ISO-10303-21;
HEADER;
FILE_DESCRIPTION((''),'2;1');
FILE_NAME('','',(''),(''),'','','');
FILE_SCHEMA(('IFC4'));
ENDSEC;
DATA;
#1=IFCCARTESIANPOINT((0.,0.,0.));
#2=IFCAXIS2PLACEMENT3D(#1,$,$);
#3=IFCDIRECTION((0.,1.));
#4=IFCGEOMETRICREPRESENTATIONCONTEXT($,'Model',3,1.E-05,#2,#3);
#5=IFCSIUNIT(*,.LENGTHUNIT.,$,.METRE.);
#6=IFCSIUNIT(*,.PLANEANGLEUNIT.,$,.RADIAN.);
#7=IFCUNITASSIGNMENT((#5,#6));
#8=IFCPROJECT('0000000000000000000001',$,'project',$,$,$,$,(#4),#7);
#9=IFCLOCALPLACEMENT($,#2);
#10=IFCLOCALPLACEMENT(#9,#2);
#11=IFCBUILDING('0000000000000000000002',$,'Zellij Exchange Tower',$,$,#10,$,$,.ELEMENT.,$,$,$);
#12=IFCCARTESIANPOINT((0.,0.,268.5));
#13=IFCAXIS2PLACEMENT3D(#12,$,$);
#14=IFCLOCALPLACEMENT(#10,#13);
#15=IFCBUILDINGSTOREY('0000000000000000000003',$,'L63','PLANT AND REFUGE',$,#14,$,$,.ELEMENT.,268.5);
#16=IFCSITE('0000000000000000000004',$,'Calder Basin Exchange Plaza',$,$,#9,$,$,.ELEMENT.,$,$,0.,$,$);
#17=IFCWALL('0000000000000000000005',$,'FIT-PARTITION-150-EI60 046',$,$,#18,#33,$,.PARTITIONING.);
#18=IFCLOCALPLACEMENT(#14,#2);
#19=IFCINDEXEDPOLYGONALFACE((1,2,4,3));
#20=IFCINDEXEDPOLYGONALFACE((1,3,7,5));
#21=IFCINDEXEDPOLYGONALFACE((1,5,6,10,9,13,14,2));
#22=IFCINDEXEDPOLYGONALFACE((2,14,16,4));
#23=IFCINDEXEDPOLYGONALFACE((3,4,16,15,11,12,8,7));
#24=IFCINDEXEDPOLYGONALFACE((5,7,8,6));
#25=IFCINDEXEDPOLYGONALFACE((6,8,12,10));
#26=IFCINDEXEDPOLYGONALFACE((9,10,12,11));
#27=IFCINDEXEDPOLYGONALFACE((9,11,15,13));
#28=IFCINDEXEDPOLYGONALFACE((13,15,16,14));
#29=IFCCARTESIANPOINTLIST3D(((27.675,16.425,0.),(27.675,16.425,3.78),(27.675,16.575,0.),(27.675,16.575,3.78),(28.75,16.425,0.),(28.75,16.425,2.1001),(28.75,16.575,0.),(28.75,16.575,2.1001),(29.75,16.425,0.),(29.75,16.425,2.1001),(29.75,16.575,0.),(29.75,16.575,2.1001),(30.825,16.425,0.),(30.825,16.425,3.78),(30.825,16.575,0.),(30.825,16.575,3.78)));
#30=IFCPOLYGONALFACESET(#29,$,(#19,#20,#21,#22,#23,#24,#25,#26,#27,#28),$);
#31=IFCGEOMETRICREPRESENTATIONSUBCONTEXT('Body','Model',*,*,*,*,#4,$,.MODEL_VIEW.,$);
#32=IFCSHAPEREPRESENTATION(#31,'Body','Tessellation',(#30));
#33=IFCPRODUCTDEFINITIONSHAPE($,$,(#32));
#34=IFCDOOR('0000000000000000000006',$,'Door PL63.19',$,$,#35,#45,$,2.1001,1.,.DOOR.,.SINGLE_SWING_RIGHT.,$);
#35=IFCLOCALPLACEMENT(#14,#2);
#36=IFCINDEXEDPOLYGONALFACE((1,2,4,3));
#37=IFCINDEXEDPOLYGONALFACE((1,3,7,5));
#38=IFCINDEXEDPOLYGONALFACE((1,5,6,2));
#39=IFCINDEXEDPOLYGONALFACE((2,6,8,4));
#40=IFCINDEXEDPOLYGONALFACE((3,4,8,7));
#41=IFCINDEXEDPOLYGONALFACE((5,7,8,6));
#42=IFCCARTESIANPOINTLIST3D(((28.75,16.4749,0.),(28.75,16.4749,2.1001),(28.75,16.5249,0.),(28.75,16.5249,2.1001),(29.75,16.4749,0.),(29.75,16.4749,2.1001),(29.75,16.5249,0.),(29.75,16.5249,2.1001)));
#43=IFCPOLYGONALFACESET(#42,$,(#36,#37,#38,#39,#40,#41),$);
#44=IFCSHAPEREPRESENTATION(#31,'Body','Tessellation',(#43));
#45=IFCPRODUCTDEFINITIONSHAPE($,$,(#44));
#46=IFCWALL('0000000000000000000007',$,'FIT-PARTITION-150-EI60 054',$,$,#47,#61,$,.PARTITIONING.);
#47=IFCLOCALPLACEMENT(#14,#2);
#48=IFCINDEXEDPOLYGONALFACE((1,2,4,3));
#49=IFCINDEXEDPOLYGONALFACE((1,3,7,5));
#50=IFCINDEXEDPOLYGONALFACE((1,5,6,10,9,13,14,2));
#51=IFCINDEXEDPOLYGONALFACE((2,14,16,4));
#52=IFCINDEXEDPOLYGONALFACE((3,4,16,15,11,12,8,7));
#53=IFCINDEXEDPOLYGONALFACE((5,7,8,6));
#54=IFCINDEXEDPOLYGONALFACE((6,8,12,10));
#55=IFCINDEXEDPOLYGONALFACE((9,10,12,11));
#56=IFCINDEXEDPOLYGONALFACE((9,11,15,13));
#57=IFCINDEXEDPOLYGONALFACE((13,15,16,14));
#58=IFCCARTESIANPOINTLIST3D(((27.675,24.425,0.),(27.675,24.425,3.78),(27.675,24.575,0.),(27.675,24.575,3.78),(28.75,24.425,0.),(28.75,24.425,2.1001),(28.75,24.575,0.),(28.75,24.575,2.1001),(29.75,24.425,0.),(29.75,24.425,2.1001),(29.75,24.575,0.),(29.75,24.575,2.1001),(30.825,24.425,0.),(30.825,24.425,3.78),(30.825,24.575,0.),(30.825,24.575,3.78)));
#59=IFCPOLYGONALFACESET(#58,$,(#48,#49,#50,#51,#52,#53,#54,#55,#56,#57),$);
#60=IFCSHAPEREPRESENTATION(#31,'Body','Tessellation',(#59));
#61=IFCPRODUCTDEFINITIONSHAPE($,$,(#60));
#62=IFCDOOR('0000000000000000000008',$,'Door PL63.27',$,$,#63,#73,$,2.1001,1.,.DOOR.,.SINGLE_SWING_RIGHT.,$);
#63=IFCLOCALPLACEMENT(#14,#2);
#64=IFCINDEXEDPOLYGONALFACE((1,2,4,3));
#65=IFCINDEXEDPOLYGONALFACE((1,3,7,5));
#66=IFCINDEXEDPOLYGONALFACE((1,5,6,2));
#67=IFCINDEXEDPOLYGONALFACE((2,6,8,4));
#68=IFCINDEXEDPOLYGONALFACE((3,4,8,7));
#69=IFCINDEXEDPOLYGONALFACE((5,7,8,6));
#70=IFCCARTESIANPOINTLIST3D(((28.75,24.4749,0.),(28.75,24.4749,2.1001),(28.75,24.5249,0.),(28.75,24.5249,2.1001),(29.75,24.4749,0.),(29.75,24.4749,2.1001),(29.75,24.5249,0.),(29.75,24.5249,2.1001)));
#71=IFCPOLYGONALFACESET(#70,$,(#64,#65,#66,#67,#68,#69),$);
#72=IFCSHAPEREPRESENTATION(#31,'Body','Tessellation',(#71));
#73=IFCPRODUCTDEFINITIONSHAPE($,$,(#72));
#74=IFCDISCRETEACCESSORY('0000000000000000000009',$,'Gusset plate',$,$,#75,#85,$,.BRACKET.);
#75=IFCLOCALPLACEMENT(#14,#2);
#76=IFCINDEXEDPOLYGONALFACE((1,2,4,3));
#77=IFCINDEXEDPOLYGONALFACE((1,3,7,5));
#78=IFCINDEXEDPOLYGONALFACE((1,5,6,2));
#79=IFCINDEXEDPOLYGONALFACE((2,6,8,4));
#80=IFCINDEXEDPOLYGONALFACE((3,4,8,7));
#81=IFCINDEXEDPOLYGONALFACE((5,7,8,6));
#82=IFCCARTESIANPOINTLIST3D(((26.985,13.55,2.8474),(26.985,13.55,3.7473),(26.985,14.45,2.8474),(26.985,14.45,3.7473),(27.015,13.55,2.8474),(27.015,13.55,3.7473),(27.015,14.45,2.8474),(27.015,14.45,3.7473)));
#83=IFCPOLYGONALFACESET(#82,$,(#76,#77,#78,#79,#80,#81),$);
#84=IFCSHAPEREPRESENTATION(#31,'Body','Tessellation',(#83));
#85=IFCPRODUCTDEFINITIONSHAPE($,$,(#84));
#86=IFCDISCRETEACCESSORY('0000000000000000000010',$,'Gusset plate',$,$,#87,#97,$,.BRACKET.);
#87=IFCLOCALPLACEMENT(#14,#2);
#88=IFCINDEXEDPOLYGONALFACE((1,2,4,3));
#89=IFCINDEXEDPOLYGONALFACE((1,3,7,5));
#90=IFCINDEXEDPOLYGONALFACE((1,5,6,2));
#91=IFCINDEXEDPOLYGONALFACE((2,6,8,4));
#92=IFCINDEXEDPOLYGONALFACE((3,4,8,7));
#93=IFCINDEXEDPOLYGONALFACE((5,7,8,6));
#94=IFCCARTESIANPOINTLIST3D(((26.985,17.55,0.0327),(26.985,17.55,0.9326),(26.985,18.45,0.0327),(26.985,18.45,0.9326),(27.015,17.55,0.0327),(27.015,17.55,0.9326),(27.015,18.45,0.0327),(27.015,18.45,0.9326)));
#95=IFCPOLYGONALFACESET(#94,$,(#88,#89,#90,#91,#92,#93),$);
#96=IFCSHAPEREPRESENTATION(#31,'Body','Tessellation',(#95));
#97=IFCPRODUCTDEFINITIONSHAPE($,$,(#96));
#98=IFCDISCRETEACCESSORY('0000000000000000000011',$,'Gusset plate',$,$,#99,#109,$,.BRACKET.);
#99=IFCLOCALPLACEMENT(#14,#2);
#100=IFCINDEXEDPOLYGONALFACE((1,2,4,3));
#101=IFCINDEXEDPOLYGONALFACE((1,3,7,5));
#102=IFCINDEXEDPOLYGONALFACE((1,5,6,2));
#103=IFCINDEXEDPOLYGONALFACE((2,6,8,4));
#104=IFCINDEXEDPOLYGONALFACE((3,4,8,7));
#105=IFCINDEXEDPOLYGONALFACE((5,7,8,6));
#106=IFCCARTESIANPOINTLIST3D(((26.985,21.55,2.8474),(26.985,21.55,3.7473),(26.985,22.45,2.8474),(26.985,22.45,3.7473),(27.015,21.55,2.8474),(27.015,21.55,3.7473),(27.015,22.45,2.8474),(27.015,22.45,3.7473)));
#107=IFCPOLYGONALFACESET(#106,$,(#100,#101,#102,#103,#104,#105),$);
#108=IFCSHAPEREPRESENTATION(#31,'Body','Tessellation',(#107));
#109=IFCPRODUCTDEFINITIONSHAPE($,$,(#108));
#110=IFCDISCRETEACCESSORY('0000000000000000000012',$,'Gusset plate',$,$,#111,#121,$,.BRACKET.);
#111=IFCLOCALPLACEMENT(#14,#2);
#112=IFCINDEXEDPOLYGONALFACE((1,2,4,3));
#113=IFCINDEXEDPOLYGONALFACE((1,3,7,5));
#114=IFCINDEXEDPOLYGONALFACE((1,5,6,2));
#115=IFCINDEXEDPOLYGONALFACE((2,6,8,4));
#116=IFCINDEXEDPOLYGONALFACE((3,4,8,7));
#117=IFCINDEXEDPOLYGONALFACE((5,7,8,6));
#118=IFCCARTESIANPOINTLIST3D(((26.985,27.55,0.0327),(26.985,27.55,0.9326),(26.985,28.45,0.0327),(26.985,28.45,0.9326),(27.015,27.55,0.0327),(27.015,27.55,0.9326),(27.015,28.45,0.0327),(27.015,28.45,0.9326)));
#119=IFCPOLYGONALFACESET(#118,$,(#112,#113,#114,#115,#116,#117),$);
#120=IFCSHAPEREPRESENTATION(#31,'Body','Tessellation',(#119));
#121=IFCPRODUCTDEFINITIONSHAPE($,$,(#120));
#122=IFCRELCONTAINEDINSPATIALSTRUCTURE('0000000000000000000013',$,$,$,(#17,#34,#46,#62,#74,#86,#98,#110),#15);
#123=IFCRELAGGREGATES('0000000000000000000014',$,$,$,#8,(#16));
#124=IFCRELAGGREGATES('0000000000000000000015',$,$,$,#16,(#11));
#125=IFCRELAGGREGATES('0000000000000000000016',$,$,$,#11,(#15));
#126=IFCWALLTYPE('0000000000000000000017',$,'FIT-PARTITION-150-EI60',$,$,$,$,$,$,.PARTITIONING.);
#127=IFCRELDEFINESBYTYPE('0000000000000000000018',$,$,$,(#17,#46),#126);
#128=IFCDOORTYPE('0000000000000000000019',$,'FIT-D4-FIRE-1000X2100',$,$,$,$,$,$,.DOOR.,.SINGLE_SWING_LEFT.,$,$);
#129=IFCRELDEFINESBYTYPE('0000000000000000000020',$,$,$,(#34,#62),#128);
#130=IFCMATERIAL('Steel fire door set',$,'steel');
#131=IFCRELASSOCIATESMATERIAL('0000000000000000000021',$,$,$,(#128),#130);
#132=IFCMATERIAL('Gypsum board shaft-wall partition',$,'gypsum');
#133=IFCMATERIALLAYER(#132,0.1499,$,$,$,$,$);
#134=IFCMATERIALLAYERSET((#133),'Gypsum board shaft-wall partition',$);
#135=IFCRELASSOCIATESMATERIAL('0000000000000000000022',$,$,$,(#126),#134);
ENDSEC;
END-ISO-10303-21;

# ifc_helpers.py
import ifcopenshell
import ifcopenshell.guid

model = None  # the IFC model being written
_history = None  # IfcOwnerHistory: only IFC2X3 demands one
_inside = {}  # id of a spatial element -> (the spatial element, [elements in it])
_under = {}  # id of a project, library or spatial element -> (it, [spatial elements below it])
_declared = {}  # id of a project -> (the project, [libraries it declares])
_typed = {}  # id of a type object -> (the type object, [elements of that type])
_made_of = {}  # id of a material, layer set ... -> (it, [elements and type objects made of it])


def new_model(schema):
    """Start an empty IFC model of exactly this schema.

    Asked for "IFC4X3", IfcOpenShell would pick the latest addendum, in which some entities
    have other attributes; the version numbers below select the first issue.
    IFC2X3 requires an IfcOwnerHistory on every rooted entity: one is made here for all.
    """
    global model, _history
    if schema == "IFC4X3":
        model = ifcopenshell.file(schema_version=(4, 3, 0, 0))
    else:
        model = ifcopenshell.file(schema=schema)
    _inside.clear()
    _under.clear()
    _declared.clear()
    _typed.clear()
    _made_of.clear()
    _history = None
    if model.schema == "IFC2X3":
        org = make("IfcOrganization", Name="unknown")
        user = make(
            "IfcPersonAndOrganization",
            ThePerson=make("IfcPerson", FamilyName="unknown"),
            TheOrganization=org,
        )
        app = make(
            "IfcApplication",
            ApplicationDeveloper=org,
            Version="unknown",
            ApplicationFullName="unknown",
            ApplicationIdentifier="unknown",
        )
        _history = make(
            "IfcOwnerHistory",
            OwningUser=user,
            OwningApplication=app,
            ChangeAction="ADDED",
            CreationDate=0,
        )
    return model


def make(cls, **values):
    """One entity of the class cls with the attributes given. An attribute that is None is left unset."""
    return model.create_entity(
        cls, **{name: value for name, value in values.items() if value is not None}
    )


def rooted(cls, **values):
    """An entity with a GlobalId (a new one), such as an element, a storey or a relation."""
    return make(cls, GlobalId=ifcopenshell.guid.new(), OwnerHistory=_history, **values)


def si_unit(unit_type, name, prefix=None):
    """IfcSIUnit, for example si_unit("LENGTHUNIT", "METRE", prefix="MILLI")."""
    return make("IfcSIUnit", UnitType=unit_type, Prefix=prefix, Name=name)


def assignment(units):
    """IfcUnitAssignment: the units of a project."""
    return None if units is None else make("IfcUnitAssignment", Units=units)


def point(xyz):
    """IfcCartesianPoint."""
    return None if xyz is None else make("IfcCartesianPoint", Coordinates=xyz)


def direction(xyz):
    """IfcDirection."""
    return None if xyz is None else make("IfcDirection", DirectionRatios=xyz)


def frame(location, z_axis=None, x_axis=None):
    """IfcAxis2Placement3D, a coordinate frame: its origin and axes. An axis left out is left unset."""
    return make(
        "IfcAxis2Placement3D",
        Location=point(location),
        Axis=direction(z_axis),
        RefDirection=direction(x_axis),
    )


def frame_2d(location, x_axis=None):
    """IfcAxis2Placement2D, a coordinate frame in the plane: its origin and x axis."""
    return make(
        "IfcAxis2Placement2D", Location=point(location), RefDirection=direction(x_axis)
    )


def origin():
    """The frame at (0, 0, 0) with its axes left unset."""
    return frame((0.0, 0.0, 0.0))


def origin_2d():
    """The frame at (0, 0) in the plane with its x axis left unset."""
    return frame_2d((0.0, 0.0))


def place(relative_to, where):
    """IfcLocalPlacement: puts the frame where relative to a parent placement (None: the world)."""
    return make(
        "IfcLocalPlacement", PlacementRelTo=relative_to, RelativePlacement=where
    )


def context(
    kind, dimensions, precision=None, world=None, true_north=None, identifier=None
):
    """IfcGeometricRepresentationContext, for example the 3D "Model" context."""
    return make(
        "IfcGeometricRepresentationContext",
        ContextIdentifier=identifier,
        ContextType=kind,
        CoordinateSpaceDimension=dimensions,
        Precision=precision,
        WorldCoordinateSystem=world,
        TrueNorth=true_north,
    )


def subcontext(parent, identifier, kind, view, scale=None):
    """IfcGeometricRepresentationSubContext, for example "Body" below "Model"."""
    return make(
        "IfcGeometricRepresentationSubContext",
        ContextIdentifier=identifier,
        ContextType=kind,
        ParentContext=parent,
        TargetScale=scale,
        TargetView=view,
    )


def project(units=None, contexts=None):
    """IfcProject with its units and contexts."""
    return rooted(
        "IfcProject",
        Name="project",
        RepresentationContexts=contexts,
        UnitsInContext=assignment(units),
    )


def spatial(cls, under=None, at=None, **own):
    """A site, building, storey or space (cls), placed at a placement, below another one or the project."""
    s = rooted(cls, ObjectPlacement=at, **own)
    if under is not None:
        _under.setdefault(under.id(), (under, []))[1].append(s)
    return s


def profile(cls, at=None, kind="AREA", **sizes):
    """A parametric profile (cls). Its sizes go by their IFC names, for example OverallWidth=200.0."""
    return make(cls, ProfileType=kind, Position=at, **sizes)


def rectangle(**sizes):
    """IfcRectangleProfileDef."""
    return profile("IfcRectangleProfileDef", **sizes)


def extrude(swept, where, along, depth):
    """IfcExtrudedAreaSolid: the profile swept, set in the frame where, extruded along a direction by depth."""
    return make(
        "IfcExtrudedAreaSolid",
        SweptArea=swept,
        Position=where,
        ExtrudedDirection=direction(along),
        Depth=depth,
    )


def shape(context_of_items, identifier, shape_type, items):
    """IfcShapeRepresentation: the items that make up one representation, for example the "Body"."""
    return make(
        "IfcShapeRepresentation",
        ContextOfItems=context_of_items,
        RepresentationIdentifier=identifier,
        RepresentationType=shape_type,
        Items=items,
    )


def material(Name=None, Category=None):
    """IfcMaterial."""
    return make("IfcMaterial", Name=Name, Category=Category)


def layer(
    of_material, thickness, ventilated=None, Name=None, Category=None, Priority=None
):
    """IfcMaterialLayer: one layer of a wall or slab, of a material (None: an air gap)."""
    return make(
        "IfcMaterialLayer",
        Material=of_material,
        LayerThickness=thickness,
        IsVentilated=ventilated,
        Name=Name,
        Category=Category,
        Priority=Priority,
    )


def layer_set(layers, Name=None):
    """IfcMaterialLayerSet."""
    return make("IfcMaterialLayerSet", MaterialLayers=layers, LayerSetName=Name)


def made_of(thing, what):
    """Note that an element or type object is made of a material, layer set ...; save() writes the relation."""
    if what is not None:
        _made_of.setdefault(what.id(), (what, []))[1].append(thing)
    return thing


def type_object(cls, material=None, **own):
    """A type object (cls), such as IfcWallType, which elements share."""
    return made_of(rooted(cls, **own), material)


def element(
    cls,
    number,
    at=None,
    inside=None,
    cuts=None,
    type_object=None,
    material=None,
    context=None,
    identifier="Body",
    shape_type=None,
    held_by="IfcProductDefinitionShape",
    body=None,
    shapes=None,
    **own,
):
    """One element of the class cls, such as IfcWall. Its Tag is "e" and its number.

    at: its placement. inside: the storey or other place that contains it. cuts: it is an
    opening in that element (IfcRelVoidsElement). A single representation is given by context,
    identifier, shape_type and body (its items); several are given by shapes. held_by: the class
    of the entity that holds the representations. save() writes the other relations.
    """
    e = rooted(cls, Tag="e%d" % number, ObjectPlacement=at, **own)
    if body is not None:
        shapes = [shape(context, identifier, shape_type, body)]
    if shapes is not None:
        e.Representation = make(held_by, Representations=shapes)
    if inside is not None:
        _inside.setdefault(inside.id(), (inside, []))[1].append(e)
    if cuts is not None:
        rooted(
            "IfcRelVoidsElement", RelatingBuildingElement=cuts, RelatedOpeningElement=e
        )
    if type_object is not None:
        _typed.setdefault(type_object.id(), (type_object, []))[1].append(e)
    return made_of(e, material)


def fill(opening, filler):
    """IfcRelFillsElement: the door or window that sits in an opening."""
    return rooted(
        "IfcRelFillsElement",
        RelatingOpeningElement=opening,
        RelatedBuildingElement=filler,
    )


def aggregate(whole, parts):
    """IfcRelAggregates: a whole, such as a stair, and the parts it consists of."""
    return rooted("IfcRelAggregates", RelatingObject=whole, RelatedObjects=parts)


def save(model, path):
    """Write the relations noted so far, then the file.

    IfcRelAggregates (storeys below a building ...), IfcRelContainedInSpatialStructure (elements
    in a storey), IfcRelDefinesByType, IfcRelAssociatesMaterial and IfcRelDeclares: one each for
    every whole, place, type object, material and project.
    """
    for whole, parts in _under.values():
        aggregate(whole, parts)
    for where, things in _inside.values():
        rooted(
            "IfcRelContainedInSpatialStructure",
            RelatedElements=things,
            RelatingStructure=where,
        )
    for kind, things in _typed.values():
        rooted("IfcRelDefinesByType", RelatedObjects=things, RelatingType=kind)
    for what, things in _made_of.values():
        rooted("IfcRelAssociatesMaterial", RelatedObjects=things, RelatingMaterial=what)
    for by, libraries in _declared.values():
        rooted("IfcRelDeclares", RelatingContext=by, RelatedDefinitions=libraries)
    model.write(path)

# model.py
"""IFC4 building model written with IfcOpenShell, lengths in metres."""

from ifc_helpers import new_model, si_unit, direction, frame, frame_2d, origin, origin_2d, place, context, subcontext, project, spatial, rectangle, extrude, material, layer, layer_set, type_object, element, fill, save


model = new_model("IFC4")

# Units and contexts
model_context = context("Model", 3, precision=1e-05, world=origin(), true_north=direction((0.0, 1.0)))
body_context = subcontext(model_context, "Body", "Model", "MODEL_VIEW")
ifc_project = project(units=[si_unit("LENGTHUNIT", "METRE"), si_unit("PLANEANGLEUNIT", "RADIAN")], contexts=[model_context])

# Site, building, storey
site_placement = place(None, origin())
site = spatial("IfcSite", under=ifc_project, at=site_placement, Name="Calder Basin Exchange Plaza", CompositionType="ELEMENT", RefElevation=0.0)
building_placement = place(site_placement, origin())
building = spatial("IfcBuilding", under=site, at=building_placement, Name="Zellij Exchange Tower", CompositionType="ELEMENT")
storey_placement = place(building_placement, frame((0.0, 0.0, 268.5)))
storey = spatial("IfcBuildingStorey", under=building, at=storey_placement, Name="L63", Description="PLANT AND REFUGE", CompositionType="ELEMENT", Elevation=268.5)

# Walls, openings, doors
ifc_material_1 = material(Name="Steel fire door set", Category="steel")
door_type = type_object("IfcDoorType", Name="FIT-D4-FIRE-1000X2100", OperationType="SINGLE_SWING_LEFT", PredefinedType="DOOR", material=ifc_material_1)
ifc_material_2 = material(Name="Gypsum board shaft-wall partition", Category="gypsum")
ifc_layer_1 = layer(ifc_material_2, 0.1499)
ifc_layer_set_1 = layer_set([ifc_layer_1], Name="Gypsum board shaft-wall partition")
wall_type_1 = type_object("IfcWallType", Name="FIT-PARTITION-150-EI60", PredefinedType="PARTITIONING", material=ifc_layer_set_1)
wall_1_placement = place(storey_placement, frame((27.675, 16.5, 0.0), z_axis=(0.0, 0.0, 1.0), x_axis=(1.0, 0.0, 0.0)))
wall_1 = element("IfcWall", 1, at=wall_1_placement, inside=storey, type_object=wall_type_1, Name="FIT-PARTITION-150-EI60 046", PredefinedType="PARTITIONING", context=body_context, shape_type="SweptSolid", body=[
    extrude(rectangle(XDim=3.1499, YDim=0.1499, at=frame_2d((1.575, 0.0))), origin(), (0.0, 0.0, 1.0), 3.78),
])
opening_1_placement = place(wall_1_placement, frame((1.075, 0.0, 0.0)))
opening_1 = element("IfcOpeningElement", 2, at=opening_1_placement, cuts=wall_1, PredefinedType="OPENING", context=body_context, shape_type="SweptSolid", body=[
    extrude(rectangle(XDim=1.0, YDim=2.1001, at=frame_2d((0.5, 1.05))), frame((0.0, 0.0869, 0.0), z_axis=(0.0, -1.0, 0.0), x_axis=(1.0, 0.0, 0.0)), (0.0, 0.0, 1.0), 0.1738),
])
door_1_placement = place(opening_1_placement, origin())
door_1 = element("IfcDoor", 3, at=door_1_placement, inside=storey, type_object=door_type, Name="Door PL63.19", OperationType="SINGLE_SWING_RIGHT", OverallHeight=2.1001, OverallWidth=1.0, PredefinedType="DOOR", context=body_context, shape_type="SweptSolid", body=[
    extrude(rectangle(XDim=1.0, YDim=2.1001, at=frame_2d((0.5, 1.05))), frame((0.0, 0.0249, 0.0), z_axis=(0.0, -1.0, 0.0), x_axis=(1.0, 0.0, 0.0)), (0.0, 0.0, 1.0), 0.05),
])
fill(opening_1, door_1)
wall_2_placement = place(storey_placement, frame((27.675, 24.5, 0.0), z_axis=(0.0, 0.0, 1.0), x_axis=(1.0, 0.0, 0.0)))
wall_2 = element("IfcWall", 4, at=wall_2_placement, inside=storey, type_object=wall_type_1, Name="FIT-PARTITION-150-EI60 054", PredefinedType="PARTITIONING", context=body_context, shape_type="SweptSolid", body=[
    extrude(rectangle(XDim=3.1499, YDim=0.1499, at=frame_2d((1.575, 0.0))), origin(), (0.0, 0.0, 1.0), 3.78),
])
opening_2_placement = place(wall_2_placement, frame((1.075, 0.0, 0.0)))
opening_2 = element("IfcOpeningElement", 5, at=opening_2_placement, cuts=wall_2, PredefinedType="OPENING", context=body_context, shape_type="SweptSolid", body=[
    extrude(rectangle(XDim=1.0, YDim=2.1001, at=frame_2d((0.5, 1.05))), frame((0.0, 0.0869, 0.0), z_axis=(0.0, -1.0, 0.0), x_axis=(1.0, 0.0, 0.0)), (0.0, 0.0, 1.0), 0.1738),
])
door_2_placement = place(opening_2_placement, origin())
door_2 = element("IfcDoor", 6, at=door_2_placement, inside=storey, type_object=door_type, Name="Door PL63.27", OperationType="SINGLE_SWING_RIGHT", OverallHeight=2.1001, OverallWidth=1.0, PredefinedType="DOOR", context=body_context, shape_type="SweptSolid", body=[
    extrude(rectangle(XDim=1.0, YDim=2.1001, at=frame_2d((0.5, 1.05))), frame((0.0, 0.0249, 0.0), z_axis=(0.0, -1.0, 0.0), x_axis=(1.0, 0.0, 0.0)), (0.0, 0.0, 1.0), 0.05),
])
fill(opening_2, door_2)

# Discrete accessories
for number, where, z_axis, x_axis, name in (
    (7, (27.0, 14.0, 2.8474), (0.0, 0.0, 1.0), (0.0, 1.0, 0.0), "Gusset plate"),
    (8, (27.0, 18.0, 0.0327), (0.0, 0.0, 1.0), (0.0, 1.0, 0.0), "Gusset plate"),
    (9, (27.0, 22.0, 2.8474), (0.0, 0.0, 1.0), (0.0, 1.0, 0.0), "Gusset plate"),
    (10, (27.0, 28.0, 0.0327), (0.0, 0.0, 1.0), (0.0, 1.0, 0.0), "Gusset plate"),
):
    element("IfcDiscreteAccessory", number, at=place(storey_placement, frame(where, z_axis=z_axis, x_axis=x_axis)), inside=storey, Name=name, PredefinedType="BRACKET", context=body_context, shape_type="SweptSolid", body=[
        extrude(rectangle(XDim=0.8999, YDim=0.03, at=origin_2d()), origin(), (0.0, 0.0, 1.0), 0.8999),
    ])

save(model, "model.ifc")
